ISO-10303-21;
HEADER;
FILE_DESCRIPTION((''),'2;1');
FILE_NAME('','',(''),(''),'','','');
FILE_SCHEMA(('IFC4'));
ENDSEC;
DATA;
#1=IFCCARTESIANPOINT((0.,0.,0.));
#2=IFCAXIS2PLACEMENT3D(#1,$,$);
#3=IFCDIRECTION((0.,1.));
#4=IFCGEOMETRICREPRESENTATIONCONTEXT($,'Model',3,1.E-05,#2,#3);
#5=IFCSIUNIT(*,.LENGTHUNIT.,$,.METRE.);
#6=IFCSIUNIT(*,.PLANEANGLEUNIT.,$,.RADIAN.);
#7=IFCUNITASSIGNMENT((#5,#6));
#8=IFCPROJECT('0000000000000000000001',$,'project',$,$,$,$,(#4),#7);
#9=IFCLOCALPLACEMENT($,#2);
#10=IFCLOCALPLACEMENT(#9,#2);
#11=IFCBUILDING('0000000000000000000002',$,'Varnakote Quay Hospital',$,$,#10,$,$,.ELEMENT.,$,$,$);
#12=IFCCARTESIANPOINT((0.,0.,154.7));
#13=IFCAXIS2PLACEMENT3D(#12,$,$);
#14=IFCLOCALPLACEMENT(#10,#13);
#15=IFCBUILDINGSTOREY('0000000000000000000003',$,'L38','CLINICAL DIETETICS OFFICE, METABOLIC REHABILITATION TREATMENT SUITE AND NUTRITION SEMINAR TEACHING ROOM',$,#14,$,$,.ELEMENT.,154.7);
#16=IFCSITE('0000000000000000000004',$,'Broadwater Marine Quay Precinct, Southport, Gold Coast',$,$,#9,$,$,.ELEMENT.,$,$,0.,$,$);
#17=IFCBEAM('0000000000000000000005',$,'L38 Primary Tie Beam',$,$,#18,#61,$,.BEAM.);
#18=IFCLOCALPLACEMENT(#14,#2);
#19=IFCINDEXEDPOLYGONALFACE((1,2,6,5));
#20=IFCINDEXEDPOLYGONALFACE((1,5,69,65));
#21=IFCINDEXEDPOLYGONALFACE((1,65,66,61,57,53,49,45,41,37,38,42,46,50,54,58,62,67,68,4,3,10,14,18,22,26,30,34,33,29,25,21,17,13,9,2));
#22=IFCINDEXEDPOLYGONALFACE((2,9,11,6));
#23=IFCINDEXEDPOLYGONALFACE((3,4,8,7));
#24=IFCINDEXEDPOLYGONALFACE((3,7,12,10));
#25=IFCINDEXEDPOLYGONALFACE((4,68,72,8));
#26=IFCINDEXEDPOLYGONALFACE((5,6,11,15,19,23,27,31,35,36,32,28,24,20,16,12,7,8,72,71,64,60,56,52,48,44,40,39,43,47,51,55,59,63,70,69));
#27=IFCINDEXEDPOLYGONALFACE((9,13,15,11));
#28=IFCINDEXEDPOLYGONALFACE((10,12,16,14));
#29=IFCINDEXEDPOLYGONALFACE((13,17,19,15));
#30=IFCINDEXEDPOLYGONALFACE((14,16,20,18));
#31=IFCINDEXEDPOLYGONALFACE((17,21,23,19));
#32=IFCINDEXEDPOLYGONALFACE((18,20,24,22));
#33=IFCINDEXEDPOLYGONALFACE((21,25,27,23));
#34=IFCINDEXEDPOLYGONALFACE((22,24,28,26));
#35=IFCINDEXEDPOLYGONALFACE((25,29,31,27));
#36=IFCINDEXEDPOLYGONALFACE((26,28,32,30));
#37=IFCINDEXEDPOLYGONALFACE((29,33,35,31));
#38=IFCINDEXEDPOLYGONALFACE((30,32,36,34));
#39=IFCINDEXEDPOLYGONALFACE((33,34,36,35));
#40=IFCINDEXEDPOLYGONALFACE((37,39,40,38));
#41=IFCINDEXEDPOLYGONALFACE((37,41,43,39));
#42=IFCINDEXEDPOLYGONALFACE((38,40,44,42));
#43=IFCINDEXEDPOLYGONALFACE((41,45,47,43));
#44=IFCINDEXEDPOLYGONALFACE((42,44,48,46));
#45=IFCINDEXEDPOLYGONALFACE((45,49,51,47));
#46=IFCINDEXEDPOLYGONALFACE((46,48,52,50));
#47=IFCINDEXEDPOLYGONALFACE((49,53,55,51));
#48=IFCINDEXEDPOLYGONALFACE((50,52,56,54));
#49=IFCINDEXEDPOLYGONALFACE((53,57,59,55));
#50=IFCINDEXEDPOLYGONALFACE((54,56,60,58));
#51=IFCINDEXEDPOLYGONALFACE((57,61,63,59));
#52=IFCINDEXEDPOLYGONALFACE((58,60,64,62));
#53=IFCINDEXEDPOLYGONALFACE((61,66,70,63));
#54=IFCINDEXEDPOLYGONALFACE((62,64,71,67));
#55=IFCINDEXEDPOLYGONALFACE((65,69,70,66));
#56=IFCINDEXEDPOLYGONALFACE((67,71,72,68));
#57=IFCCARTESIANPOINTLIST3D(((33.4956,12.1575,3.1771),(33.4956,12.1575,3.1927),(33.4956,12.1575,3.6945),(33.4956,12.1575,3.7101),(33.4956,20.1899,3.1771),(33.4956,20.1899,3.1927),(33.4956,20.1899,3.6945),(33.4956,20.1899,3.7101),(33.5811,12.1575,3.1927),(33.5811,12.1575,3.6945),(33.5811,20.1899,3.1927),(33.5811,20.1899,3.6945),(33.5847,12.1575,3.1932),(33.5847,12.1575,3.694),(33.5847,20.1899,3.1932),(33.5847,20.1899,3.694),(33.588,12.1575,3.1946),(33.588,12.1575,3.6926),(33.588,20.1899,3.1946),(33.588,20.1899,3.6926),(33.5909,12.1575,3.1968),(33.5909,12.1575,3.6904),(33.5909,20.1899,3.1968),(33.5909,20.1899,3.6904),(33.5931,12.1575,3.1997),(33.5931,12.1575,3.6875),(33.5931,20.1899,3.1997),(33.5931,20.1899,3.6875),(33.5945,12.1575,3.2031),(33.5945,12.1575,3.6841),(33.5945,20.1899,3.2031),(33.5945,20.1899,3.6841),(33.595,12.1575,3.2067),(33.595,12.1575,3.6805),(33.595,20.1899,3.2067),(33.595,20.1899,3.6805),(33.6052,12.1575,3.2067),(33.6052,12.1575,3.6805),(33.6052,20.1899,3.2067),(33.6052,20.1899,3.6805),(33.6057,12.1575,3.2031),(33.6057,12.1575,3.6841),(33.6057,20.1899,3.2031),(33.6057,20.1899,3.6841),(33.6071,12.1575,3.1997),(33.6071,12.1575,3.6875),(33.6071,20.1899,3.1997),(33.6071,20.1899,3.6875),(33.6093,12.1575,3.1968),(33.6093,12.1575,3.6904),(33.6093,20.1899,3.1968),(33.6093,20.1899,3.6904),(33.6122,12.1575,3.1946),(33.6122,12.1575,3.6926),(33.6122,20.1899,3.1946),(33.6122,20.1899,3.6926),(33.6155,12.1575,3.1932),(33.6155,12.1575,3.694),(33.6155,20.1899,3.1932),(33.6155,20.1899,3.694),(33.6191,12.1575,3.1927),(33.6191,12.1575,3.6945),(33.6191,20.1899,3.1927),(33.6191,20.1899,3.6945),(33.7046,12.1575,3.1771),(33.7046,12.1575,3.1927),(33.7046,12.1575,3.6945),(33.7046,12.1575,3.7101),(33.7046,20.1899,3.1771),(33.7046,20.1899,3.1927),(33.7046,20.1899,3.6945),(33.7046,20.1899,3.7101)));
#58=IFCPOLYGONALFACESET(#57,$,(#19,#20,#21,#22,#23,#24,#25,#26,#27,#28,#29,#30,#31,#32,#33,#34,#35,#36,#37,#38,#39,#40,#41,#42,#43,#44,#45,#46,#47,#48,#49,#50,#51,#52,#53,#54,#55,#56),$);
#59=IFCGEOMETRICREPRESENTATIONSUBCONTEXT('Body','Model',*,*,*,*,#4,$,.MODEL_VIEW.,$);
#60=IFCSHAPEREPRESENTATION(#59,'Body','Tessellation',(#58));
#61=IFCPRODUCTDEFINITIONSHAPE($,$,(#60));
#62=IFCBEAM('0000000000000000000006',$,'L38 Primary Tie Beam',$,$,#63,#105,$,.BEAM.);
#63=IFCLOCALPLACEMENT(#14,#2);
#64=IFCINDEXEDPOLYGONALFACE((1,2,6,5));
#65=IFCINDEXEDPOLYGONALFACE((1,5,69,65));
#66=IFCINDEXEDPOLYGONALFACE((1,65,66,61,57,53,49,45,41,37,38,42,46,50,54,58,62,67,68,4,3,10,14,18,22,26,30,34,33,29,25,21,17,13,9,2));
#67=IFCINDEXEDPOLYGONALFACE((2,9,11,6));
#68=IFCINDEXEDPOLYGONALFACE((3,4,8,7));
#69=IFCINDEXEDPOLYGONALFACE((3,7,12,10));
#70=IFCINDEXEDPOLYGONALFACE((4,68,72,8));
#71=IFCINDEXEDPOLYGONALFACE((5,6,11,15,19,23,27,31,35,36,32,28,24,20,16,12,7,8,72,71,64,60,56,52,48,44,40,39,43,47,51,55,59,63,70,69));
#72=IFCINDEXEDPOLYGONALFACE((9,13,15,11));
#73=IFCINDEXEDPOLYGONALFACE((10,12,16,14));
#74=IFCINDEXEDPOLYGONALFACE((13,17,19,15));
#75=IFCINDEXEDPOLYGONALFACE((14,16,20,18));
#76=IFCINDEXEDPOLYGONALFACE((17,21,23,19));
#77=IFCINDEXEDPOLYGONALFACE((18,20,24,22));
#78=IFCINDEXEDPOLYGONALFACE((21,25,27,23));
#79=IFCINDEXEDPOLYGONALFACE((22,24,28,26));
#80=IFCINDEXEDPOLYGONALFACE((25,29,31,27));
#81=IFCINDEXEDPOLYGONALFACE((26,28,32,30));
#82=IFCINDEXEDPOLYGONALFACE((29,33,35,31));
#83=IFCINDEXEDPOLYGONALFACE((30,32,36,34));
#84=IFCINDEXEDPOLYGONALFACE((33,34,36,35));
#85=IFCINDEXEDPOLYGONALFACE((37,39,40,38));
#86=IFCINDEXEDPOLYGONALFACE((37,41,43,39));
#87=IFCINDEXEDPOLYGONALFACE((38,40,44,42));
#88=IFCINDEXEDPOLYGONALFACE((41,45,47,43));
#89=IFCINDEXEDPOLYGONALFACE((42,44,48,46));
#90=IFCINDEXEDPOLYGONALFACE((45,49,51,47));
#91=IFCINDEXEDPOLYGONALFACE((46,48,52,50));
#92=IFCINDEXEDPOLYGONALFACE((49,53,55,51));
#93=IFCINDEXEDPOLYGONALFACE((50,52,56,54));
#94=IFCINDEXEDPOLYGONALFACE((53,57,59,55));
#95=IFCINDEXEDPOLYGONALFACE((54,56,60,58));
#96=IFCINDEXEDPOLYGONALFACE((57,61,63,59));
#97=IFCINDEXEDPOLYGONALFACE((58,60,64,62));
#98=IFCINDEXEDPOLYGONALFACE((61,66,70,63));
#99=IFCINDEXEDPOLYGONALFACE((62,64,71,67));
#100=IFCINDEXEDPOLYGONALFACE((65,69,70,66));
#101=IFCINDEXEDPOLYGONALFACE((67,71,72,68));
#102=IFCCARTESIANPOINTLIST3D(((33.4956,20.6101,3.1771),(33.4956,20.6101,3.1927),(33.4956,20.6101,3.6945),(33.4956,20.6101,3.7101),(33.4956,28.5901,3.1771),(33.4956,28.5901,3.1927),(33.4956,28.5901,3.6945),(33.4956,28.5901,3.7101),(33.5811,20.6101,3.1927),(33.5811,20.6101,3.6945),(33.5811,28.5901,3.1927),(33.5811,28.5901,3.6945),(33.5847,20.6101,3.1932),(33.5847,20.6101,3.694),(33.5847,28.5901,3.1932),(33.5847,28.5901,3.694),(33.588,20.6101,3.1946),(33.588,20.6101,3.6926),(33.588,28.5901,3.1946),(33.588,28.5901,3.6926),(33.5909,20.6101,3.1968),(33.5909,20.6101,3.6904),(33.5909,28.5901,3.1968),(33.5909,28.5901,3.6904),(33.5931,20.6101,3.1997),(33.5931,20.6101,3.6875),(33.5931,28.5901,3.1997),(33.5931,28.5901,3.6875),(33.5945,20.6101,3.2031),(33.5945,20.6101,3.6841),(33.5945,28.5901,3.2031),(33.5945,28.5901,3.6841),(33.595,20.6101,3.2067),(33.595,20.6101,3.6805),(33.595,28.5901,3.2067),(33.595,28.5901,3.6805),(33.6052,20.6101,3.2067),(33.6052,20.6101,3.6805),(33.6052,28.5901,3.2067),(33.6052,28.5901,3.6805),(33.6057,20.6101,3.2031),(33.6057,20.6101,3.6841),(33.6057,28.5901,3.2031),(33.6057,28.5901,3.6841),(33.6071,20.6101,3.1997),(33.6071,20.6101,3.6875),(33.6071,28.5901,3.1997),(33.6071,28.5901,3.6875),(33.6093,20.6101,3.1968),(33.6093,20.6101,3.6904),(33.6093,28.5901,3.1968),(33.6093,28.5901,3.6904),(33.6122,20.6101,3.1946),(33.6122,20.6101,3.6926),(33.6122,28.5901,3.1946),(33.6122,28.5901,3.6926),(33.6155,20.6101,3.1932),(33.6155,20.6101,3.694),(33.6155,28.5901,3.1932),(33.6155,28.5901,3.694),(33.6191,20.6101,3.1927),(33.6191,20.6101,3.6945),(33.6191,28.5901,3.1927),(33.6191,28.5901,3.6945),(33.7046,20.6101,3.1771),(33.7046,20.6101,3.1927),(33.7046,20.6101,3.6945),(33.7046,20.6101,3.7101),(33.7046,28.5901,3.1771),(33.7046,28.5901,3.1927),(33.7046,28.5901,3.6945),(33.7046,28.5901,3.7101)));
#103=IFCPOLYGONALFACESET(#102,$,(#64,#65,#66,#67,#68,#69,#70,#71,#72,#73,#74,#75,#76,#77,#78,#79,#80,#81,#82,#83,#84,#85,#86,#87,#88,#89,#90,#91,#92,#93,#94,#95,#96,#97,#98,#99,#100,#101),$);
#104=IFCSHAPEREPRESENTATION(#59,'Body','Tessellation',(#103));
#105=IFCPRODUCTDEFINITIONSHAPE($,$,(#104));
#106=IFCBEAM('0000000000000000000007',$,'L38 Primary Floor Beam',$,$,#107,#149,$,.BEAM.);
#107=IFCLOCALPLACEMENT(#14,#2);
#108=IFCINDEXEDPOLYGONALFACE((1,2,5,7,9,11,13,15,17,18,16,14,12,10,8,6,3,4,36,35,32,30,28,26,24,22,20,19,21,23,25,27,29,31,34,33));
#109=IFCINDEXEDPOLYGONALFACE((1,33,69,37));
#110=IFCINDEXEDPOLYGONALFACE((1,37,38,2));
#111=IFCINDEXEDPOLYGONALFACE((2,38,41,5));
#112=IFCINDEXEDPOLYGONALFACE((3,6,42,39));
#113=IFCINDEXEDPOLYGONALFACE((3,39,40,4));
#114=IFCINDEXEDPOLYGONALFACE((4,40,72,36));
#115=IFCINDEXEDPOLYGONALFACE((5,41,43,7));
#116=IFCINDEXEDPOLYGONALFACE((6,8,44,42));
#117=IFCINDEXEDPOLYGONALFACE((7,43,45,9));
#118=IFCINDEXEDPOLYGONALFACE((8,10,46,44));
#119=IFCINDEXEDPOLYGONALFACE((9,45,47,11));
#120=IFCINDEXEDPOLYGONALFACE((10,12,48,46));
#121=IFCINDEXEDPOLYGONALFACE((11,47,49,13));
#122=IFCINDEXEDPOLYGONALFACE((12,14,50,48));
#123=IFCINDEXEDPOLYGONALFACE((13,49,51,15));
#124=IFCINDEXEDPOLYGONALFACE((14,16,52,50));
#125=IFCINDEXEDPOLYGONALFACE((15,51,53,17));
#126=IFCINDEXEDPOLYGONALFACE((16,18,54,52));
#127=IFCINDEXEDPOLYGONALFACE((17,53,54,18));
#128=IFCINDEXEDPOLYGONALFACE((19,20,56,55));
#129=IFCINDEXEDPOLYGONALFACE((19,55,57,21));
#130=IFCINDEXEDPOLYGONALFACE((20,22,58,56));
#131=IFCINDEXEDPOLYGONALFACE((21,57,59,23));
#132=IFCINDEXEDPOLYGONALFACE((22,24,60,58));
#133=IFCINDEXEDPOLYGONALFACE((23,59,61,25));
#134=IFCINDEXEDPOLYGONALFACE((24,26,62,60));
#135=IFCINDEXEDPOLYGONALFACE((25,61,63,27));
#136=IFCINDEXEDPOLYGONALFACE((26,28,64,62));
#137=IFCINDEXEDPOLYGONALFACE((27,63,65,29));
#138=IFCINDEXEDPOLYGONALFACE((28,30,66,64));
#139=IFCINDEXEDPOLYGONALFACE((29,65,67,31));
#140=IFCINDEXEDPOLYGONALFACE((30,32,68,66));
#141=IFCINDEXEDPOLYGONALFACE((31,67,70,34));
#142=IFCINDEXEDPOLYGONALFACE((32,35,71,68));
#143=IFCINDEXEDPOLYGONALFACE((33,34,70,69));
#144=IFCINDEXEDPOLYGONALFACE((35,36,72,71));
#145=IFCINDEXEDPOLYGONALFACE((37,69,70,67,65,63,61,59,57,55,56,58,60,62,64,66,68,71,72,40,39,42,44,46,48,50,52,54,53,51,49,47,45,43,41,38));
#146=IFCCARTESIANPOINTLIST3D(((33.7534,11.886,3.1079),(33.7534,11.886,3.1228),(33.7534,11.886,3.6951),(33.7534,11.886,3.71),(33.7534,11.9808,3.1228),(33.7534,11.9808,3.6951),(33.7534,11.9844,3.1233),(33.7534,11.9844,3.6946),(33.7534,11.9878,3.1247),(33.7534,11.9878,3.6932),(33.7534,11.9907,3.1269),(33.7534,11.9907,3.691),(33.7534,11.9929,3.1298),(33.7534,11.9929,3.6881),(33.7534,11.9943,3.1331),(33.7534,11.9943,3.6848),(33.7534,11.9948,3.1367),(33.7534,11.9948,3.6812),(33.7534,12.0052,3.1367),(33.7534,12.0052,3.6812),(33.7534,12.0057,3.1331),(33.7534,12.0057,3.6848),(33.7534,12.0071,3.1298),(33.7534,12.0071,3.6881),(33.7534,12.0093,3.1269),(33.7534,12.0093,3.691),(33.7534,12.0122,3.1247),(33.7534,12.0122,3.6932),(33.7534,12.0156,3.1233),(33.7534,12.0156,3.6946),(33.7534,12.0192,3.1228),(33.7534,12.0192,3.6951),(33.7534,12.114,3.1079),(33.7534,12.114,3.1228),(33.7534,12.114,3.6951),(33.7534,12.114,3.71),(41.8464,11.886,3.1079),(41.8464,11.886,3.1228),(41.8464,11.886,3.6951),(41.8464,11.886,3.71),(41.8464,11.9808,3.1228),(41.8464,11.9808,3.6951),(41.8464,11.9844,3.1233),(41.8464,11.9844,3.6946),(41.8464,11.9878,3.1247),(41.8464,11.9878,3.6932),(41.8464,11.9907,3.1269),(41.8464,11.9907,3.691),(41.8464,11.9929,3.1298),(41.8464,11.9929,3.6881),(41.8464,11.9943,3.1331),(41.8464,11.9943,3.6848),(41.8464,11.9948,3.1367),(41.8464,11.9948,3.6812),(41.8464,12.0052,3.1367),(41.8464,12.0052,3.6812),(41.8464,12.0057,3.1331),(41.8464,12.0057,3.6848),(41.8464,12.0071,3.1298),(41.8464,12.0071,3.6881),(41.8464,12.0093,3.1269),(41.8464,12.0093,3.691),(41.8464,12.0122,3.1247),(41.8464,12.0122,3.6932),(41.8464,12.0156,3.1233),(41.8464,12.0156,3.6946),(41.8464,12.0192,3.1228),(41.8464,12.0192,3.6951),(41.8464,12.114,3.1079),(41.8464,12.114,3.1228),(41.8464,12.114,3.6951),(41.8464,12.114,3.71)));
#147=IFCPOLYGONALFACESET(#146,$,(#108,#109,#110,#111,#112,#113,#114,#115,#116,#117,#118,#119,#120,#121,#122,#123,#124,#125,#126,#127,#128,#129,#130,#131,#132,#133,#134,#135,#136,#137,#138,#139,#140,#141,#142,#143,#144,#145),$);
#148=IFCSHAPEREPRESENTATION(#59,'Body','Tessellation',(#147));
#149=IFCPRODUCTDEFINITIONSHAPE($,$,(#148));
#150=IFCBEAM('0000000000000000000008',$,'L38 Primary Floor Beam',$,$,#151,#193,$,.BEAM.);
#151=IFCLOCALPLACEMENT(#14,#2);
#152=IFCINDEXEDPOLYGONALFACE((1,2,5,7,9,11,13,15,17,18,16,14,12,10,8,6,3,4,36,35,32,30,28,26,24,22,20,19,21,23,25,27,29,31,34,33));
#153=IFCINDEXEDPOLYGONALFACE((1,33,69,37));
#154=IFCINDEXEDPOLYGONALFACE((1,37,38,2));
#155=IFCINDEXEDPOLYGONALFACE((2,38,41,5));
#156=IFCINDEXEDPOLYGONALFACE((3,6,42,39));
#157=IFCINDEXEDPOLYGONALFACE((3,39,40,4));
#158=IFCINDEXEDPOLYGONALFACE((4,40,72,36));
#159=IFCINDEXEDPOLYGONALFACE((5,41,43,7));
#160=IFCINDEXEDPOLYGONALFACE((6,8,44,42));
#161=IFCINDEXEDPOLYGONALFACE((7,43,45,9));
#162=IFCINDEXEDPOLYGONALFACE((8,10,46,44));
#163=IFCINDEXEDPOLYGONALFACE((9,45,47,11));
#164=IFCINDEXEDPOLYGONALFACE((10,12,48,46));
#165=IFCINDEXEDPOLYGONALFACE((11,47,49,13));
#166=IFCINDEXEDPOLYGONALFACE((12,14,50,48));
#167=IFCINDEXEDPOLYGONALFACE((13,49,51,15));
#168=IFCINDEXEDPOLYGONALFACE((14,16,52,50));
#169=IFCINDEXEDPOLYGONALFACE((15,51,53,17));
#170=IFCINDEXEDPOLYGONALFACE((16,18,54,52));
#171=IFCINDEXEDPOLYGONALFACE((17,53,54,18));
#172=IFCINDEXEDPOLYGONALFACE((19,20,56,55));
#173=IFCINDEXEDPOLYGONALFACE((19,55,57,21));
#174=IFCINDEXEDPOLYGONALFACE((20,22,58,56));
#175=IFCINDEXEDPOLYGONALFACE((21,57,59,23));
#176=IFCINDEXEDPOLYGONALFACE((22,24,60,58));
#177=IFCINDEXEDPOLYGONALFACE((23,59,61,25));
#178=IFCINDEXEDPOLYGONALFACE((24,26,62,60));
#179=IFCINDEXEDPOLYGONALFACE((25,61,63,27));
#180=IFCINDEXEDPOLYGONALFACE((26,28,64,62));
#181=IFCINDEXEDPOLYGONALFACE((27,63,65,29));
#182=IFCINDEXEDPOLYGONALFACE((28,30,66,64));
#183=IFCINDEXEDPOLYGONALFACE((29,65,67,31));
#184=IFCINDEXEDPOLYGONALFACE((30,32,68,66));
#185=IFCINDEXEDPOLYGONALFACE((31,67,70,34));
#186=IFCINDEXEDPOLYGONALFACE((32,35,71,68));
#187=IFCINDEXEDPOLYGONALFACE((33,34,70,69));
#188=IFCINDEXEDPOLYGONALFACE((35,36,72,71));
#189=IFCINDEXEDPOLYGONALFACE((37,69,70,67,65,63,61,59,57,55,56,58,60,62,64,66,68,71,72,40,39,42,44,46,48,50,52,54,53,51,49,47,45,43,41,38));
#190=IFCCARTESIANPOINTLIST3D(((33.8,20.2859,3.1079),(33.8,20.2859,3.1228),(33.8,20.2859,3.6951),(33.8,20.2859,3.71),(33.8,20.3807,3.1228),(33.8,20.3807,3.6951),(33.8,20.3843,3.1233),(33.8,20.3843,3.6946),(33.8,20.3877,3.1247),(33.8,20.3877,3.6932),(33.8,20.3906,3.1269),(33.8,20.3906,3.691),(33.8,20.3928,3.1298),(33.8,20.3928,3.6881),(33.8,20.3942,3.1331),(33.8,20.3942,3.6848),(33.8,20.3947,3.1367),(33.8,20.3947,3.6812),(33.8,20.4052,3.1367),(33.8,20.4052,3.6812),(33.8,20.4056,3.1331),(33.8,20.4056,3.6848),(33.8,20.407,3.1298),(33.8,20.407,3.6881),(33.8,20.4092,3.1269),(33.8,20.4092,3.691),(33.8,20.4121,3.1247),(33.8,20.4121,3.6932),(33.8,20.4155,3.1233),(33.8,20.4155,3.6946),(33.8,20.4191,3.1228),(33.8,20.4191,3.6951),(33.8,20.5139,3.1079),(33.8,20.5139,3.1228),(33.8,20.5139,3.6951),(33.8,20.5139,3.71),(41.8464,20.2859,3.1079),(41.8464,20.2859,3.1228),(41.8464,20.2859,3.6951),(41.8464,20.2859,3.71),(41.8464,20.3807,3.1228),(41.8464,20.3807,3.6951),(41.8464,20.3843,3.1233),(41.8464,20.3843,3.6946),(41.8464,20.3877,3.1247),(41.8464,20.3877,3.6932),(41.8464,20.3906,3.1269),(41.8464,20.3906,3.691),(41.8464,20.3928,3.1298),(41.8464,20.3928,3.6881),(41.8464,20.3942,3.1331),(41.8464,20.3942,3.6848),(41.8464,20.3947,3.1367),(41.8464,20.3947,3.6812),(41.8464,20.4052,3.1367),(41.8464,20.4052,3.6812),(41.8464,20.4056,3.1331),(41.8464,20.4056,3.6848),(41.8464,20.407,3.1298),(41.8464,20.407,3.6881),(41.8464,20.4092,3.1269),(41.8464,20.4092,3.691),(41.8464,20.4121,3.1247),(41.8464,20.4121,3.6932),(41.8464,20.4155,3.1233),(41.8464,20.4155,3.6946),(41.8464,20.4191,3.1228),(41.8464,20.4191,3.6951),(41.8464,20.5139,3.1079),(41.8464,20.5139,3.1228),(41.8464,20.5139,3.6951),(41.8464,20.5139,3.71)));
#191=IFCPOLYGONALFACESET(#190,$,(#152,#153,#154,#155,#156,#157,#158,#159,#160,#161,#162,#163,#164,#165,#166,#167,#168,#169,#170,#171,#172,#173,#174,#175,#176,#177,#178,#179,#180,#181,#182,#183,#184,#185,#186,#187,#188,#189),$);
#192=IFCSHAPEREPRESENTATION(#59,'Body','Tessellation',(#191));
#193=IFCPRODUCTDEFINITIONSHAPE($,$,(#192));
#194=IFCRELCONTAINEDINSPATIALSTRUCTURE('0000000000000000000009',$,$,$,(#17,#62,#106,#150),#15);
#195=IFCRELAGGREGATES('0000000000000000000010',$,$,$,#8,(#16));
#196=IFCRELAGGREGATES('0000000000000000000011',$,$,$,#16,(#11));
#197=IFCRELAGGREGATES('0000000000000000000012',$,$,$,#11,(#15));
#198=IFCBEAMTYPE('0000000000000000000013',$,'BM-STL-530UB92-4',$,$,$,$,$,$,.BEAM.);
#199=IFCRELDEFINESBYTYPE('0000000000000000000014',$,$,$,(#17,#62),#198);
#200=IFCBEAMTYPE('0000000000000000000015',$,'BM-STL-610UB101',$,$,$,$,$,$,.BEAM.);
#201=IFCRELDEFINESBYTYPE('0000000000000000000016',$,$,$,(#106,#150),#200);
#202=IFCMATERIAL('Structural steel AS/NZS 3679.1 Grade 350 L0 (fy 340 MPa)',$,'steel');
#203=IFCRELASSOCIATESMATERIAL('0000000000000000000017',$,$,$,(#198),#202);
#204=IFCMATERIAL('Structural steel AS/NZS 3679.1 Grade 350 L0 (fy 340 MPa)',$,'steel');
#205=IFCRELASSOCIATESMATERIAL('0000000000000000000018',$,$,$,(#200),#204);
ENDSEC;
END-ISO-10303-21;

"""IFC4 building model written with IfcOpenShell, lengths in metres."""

from ifc_helpers import new_model, si_unit, direction, frame, origin, origin_2d, place, context, subcontext, project, spatial, i_section, extrude, material, material_profile, profile_set, type_object, element, save


model = new_model("IFC4")

# Units and contexts
model_context = context("Model", 3, precision=1e-05, world=origin(), true_north=direction((0.0, 1.0)))
body_context = subcontext(model_context, "Body", "Model", "MODEL_VIEW")
ifc_project = project(units=[si_unit("LENGTHUNIT", "METRE"), si_unit("PLANEANGLEUNIT", "RADIAN")], contexts=[model_context])

# Site, building, storey
site_placement = place(None, origin())
site = spatial("IfcSite", under=ifc_project, at=site_placement, Name="Broadwater Marine Quay Precinct, Southport, Gold Coast", CompositionType="ELEMENT", RefElevation=0.0)
building_placement = place(site_placement, origin())
building = spatial("IfcBuilding", under=site, at=building_placement, Name="Varnakote Quay Hospital", CompositionType="ELEMENT")
storey_placement = place(building_placement, frame((0.0, 0.0, 154.7)))
storey = spatial("IfcBuildingStorey", under=building, at=storey_placement, Name="L38", Description="CLINICAL DIETETICS OFFICE, METABOLIC REHABILITATION TREATMENT SUITE AND NUTRITION SEMINAR TEACHING ROOM", CompositionType="ELEMENT", Elevation=154.7)

# Beams
ifc_material_1 = material(Name="Structural steel AS/NZS 3679.1 Grade 350 L0 (fy 340 MPa)", Category="steel")
ifc_material_profile_1 = material_profile(ifc_material_1, i_section(OverallWidth=0.209, OverallDepth=0.533, WebThickness=0.0103, FlangeThickness=0.0156, FilletRadius=0.0139, at=origin_2d()), Name="530UB92.4")
ifc_profile_set_1 = profile_set([ifc_material_profile_1], Name="Structural steel AS/NZS 3679.1 Grade 350 L0 (fy 340 MPa)")
beam_type_1 = type_object("IfcBeamType", Name="BM-STL-530UB92-4", PredefinedType="BEAM", material=ifc_profile_set_1)
beam_1_placement = place(storey_placement, frame((33.6001, 12.1575, 3.4436), z_axis=(0.0, 1.0, 0.0), x_axis=(-1.0, 0.0, 0.0)))
element("IfcBeam", 1, at=beam_1_placement, inside=storey, type_object=beam_type_1, Name="L38 Primary Tie Beam", PredefinedType="BEAM", context=body_context, shape_type="SweptSolid", body=[
    extrude(i_section(OverallWidth=0.209, OverallDepth=0.533, WebThickness=0.0103, FlangeThickness=0.0156, FilletRadius=0.0139, at=origin_2d()), origin(), (0.0, 0.0, 1.0), 8.0325),
])
beam_2_placement = place(storey_placement, frame((33.6001, 20.6101, 3.4436), z_axis=(0.0, 1.0, 0.0), x_axis=(-1.0, 0.0, 0.0)))
element("IfcBeam", 2, at=beam_2_placement, inside=storey, type_object=beam_type_1, Name="L38 Primary Tie Beam", PredefinedType="BEAM", context=body_context, shape_type="SweptSolid", body=[
    extrude(i_section(OverallWidth=0.209, OverallDepth=0.533, WebThickness=0.0103, FlangeThickness=0.0156, FilletRadius=0.0139, at=origin_2d()), origin(), (0.0, 0.0, 1.0), 7.98),
])
ifc_material_2 = material(Name="Structural steel AS/NZS 3679.1 Grade 350 L0 (fy 340 MPa)", Category="steel")
ifc_material_profile_2 = material_profile(ifc_material_2, i_section(OverallWidth=0.228, OverallDepth=0.6021, WebThickness=0.0105, FlangeThickness=0.0149, FilletRadius=0.0139, at=origin_2d()), Name="610UB101")
ifc_profile_set_2 = profile_set([ifc_material_profile_2], Name="Structural steel AS/NZS 3679.1 Grade 350 L0 (fy 340 MPa)")
beam_type_2 = type_object("IfcBeamType", Name="BM-STL-610UB101", PredefinedType="BEAM", material=ifc_profile_set_2)
beam_3_placement = place(storey_placement, frame((33.7534, 12.0, 3.4089), z_axis=(1.0, 0.0, 0.0), x_axis=(0.0, 1.0, 0.0)))
element("IfcBeam", 3, at=beam_3_placement, inside=storey, type_object=beam_type_2, Name="L38 Primary Floor Beam", PredefinedType="BEAM", context=body_context, shape_type="SweptSolid", body=[
    extrude(i_section(OverallWidth=0.228, OverallDepth=0.6021, WebThickness=0.0105, FlangeThickness=0.0149, FilletRadius=0.0139, at=origin_2d()), origin(), (0.0, 0.0, 1.0), 8.093),
])
beam_4_placement = place(storey_placement, frame((33.8, 20.3999, 3.4089), z_axis=(1.0, 0.0, 0.0), x_axis=(0.0, 1.0, 0.0)))
element("IfcBeam", 4, at=beam_4_placement, inside=storey, type_object=beam_type_2, Name="L38 Primary Floor Beam", PredefinedType="BEAM", context=body_context, shape_type="SweptSolid", body=[
    extrude(i_section(OverallWidth=0.228, OverallDepth=0.6021, WebThickness=0.0105, FlangeThickness=0.0149, FilletRadius=0.0139, at=origin_2d()), origin(), (0.0, 0.0, 1.0), 8.0464),
])

save(model, "model.ifc")
